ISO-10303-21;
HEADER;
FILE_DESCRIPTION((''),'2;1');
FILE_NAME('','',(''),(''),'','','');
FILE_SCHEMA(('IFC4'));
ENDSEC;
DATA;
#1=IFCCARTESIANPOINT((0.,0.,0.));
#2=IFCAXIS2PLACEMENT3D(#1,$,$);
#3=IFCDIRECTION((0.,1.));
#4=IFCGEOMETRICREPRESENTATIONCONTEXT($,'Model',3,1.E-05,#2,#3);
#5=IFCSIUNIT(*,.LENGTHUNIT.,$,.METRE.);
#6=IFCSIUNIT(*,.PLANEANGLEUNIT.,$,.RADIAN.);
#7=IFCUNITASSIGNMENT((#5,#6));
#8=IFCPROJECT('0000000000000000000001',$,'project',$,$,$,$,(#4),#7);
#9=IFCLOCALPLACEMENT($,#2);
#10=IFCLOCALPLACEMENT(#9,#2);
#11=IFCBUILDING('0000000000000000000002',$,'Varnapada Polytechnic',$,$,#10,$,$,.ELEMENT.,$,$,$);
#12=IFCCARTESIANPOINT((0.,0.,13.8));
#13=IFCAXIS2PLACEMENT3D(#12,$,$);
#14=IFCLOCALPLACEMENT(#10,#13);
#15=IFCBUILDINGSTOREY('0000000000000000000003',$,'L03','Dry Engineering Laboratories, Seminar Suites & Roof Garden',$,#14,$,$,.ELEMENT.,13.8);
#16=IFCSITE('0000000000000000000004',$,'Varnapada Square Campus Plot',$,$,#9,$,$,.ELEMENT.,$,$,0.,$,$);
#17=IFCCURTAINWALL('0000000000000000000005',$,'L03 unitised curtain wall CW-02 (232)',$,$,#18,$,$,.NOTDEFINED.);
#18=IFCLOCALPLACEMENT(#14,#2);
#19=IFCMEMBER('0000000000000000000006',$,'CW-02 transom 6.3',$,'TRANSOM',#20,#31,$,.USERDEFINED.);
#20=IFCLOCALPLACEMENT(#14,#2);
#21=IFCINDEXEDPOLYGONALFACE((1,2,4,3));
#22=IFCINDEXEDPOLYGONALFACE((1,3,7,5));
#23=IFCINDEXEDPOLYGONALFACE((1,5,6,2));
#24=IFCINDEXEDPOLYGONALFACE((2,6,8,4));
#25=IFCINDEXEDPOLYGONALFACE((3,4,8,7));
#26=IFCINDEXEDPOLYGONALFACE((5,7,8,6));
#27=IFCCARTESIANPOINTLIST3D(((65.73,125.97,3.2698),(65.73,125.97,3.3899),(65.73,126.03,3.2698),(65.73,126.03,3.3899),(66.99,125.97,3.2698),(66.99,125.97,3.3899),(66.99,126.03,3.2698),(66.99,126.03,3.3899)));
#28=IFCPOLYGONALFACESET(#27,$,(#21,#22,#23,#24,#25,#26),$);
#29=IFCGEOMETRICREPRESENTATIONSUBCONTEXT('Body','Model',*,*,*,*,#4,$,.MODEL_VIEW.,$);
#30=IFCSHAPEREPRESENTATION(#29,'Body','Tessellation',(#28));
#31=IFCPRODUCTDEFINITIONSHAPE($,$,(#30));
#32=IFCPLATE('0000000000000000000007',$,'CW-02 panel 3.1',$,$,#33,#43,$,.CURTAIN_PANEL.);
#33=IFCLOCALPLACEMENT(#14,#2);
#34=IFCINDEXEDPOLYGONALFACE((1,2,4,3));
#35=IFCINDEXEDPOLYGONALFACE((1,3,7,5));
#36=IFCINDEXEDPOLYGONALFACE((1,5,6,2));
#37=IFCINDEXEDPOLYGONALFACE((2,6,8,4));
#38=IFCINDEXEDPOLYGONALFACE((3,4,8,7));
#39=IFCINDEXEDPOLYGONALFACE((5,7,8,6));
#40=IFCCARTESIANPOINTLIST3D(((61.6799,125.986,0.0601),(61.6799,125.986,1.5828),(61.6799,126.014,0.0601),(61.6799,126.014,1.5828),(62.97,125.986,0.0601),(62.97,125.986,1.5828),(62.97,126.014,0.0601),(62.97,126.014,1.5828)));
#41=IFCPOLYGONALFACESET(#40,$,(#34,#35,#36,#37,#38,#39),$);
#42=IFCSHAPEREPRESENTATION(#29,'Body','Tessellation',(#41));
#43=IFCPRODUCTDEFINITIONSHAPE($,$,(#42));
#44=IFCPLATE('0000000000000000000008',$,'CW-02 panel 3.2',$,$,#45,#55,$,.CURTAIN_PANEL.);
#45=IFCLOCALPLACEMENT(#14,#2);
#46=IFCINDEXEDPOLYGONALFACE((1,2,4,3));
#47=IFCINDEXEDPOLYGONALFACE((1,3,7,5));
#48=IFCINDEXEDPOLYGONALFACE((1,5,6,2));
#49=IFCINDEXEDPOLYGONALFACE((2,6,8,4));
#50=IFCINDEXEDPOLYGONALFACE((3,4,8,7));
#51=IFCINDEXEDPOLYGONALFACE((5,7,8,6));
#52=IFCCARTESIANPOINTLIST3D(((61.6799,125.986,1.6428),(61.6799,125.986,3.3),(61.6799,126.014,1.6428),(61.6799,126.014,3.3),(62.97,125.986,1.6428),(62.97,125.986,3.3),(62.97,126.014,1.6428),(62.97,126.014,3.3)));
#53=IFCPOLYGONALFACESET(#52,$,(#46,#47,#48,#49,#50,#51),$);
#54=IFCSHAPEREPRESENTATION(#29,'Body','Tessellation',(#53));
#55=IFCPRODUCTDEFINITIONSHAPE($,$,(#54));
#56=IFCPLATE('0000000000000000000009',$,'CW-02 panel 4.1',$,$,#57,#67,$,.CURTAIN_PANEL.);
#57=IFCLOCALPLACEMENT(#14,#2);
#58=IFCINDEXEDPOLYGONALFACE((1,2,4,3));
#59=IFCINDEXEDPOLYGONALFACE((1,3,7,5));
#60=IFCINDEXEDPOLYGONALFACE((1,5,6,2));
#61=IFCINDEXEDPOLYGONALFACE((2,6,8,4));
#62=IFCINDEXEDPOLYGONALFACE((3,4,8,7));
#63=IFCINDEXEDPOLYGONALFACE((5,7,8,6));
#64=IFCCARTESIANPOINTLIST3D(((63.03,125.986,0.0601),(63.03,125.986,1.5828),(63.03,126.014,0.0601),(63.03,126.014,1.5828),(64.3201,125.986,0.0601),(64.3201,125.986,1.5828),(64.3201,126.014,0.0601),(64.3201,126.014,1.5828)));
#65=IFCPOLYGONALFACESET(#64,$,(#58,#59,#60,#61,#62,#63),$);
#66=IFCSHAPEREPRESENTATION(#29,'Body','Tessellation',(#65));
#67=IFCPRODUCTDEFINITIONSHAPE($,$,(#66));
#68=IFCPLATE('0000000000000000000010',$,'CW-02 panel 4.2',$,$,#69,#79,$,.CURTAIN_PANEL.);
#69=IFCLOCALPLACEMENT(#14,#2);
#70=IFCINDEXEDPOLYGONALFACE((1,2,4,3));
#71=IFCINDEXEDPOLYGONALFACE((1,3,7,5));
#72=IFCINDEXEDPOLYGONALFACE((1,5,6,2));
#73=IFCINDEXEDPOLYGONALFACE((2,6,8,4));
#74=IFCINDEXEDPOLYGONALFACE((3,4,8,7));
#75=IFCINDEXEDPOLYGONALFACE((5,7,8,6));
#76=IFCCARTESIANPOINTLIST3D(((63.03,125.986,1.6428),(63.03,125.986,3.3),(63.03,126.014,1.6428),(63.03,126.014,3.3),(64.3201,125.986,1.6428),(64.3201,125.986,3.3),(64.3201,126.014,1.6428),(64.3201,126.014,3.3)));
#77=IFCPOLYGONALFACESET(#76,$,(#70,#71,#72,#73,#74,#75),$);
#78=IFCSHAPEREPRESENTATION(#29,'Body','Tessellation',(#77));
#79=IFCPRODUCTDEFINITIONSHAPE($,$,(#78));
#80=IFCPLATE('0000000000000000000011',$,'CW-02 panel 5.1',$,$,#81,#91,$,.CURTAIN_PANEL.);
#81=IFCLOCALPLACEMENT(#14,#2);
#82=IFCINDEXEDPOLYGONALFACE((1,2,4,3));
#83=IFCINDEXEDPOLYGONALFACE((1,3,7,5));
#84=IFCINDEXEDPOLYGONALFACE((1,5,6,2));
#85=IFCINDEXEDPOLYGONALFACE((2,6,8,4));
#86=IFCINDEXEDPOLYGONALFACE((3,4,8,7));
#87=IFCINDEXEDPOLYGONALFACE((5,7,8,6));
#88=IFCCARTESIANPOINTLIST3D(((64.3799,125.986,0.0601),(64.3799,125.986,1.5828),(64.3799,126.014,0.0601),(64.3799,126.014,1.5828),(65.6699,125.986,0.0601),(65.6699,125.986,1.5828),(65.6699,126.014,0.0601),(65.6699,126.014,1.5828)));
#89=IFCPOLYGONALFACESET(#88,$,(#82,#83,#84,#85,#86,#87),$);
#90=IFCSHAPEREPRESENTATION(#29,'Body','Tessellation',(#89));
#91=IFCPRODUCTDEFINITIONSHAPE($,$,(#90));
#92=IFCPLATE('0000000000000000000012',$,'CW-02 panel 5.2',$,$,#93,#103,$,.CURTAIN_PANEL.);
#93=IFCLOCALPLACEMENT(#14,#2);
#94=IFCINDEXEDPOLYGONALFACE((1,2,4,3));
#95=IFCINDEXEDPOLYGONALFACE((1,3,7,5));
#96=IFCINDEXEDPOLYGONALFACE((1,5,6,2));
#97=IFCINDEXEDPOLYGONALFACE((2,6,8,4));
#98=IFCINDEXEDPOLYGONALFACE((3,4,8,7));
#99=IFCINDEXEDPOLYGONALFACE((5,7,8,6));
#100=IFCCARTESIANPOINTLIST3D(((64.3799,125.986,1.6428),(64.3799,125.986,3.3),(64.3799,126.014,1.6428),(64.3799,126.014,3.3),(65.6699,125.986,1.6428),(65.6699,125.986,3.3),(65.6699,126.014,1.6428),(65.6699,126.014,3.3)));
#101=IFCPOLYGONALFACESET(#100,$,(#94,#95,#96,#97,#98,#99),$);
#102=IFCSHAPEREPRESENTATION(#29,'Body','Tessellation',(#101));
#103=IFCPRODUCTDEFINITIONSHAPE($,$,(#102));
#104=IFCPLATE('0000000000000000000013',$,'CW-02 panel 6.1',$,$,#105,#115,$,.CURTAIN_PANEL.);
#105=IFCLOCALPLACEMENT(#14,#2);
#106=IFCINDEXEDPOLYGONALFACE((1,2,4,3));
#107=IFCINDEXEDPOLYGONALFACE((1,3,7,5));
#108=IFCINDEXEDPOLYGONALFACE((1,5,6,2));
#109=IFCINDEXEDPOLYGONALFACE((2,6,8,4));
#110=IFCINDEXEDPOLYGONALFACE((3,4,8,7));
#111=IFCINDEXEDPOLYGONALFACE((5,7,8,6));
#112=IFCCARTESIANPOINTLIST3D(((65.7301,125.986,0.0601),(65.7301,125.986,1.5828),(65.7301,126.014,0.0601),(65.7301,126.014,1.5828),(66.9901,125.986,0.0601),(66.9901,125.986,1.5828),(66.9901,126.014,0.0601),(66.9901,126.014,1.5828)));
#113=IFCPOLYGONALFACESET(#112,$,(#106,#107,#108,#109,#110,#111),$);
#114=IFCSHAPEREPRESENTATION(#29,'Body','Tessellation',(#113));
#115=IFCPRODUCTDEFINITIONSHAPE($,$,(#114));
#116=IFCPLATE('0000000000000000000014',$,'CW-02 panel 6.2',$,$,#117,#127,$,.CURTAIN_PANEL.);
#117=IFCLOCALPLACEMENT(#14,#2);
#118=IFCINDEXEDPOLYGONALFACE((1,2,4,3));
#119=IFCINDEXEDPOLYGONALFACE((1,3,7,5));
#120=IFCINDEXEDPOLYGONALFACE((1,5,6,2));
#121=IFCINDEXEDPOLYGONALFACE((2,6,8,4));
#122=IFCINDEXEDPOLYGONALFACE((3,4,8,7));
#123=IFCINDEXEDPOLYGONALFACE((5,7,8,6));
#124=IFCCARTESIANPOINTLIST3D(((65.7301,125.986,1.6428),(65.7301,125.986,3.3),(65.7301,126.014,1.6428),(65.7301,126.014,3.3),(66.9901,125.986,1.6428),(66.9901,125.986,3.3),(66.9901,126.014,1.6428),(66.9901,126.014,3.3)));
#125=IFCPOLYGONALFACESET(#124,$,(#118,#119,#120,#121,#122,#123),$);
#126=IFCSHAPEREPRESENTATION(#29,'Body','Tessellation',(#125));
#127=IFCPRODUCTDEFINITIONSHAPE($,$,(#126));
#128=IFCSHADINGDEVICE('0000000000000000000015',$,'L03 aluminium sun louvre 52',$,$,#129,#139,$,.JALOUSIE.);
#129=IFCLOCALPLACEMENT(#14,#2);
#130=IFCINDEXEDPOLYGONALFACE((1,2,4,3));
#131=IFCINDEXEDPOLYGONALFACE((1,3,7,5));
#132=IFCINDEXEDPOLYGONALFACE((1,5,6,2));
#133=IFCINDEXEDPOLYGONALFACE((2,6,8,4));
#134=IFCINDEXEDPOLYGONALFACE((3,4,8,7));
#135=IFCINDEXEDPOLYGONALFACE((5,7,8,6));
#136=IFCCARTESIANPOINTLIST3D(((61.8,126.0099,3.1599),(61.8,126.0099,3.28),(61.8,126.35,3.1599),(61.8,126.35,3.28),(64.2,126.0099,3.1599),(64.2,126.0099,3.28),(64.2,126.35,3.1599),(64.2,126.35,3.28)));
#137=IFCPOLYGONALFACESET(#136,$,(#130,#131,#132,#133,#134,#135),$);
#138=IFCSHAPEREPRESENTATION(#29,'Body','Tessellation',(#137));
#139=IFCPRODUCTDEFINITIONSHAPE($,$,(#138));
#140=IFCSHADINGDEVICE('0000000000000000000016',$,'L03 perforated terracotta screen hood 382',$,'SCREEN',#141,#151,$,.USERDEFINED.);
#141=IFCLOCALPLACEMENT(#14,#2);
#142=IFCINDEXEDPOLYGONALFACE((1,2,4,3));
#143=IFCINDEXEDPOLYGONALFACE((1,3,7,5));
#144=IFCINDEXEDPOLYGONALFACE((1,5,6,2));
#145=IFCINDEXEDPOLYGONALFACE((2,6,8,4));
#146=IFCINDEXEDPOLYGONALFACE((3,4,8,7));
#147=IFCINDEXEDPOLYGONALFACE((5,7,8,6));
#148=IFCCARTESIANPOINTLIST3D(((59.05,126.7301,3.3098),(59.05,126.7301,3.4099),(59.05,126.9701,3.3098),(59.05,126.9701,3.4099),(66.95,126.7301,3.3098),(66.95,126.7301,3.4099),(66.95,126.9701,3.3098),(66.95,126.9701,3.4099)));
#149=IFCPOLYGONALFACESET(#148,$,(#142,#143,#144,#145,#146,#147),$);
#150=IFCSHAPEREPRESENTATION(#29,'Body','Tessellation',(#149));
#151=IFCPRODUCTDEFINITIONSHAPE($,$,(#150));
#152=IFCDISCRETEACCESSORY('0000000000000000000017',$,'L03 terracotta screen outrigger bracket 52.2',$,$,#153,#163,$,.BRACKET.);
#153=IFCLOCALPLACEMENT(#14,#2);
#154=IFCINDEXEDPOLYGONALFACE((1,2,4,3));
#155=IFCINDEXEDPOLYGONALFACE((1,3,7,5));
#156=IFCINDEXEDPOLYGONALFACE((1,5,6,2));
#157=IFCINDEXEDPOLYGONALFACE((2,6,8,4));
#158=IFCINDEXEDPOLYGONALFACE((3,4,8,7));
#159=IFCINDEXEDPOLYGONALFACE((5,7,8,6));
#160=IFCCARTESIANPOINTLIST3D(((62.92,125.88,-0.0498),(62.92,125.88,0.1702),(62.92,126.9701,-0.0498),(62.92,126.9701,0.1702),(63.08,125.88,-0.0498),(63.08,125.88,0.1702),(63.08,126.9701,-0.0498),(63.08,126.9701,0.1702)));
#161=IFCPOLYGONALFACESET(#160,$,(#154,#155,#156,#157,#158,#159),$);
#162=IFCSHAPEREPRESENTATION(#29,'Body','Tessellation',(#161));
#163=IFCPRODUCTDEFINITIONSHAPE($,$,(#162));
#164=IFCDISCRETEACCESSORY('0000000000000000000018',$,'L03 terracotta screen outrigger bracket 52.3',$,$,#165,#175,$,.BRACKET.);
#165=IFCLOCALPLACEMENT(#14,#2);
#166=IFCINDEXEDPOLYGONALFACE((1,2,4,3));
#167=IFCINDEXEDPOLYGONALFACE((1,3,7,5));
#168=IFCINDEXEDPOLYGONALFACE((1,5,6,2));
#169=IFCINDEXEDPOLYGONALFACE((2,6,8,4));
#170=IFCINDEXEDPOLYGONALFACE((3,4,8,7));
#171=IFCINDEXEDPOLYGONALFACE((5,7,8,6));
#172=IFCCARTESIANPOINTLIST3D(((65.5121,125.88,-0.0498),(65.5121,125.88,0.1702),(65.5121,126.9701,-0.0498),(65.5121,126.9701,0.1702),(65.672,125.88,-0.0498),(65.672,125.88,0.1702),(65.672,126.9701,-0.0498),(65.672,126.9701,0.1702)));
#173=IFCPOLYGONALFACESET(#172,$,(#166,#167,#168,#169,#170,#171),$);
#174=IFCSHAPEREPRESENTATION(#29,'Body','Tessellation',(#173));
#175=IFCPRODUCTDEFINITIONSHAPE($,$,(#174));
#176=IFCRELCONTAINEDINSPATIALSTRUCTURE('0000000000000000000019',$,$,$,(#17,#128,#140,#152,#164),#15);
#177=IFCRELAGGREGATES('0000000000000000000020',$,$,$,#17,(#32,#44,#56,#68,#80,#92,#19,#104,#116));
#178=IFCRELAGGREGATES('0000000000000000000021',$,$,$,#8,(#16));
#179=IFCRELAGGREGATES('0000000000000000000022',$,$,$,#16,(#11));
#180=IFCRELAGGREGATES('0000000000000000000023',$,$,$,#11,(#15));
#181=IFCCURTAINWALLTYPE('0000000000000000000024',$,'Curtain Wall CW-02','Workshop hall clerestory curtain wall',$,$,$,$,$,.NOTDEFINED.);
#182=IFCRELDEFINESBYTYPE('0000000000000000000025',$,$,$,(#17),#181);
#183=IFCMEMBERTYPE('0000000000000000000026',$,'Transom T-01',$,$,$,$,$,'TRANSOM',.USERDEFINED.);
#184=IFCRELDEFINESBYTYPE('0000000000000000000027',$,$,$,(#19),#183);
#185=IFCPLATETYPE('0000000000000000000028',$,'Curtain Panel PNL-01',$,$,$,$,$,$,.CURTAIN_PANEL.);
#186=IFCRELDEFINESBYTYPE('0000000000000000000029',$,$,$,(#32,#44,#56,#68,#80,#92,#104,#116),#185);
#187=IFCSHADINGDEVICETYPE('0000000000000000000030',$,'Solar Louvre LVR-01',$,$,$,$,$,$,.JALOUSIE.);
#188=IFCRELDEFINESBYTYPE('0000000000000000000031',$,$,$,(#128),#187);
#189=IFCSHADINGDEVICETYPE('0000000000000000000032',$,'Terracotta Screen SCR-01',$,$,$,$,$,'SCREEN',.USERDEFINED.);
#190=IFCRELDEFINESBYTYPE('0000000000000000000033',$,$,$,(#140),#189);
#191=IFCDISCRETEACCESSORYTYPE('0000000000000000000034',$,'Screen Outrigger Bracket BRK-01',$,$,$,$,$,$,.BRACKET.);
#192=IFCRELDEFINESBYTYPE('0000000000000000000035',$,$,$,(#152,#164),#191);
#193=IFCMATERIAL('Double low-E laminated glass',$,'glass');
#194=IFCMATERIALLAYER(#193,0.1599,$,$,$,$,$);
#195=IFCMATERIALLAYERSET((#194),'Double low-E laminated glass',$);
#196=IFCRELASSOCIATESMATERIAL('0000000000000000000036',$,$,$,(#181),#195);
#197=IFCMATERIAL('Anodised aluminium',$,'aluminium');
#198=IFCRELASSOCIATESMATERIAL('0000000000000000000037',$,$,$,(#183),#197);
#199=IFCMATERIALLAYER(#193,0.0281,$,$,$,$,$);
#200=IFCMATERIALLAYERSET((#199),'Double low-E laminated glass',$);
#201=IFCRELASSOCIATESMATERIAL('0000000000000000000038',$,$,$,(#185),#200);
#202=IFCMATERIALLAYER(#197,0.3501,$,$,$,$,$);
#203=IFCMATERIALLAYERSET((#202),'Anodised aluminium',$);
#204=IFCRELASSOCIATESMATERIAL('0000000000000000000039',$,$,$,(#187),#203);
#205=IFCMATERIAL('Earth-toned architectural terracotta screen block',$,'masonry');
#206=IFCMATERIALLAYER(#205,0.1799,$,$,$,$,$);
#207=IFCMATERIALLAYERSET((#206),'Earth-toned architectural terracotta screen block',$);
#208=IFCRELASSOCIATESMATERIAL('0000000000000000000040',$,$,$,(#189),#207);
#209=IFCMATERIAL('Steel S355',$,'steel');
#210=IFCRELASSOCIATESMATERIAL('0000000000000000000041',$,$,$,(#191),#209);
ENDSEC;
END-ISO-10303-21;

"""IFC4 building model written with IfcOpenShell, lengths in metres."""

from ifc_helpers import new_model, si_unit, direction, frame, origin, origin_2d, place, context, subcontext, project, spatial, rectangle, extrude, material, layer, layer_set, material_profile, profile_set, type_object, element, aggregate, save


model = new_model("IFC4")

# Units and contexts
model_context = context("Model", 3, precision=1e-05, world=origin(), true_north=direction((0.0, 1.0)))
body_context = subcontext(model_context, "Body", "Model", "MODEL_VIEW")
ifc_project = project(units=[si_unit("LENGTHUNIT", "METRE"), si_unit("PLANEANGLEUNIT", "RADIAN")], contexts=[model_context])

# Site, building, storey
site_placement = place(None, origin())
site = spatial("IfcSite", under=ifc_project, at=site_placement, Name="Varnapada Square Campus Plot", CompositionType="ELEMENT", RefElevation=0.0)
building_placement = place(site_placement, origin())
building = spatial("IfcBuilding", under=site, at=building_placement, Name="Varnapada Polytechnic", CompositionType="ELEMENT")
storey_placement = place(building_placement, frame((0.0, 0.0, 13.8)))
storey = spatial("IfcBuildingStorey", under=building, at=storey_placement, Name="L03", Description="Dry Engineering Laboratories, Seminar Suites & Roof Garden", CompositionType="ELEMENT", Elevation=13.8)

# Curtain wall, member, plates
ifc_material_1 = material(Name="Double low-E laminated glass", Category="glass")
ifc_layer_1 = layer(ifc_material_1, 0.1599)
ifc_layer_set_1 = layer_set([ifc_layer_1], Name="Double low-E laminated glass")
curtain_wall_type = type_object("IfcCurtainWallType", Name="Curtain Wall CW-02", Description="Workshop hall clerestory curtain wall", PredefinedType="NOTDEFINED", material=ifc_layer_set_1)
curtain_wall_placement = place(storey_placement, origin())
curtain_wall = element("IfcCurtainWall", 1, at=curtain_wall_placement, inside=storey, type_object=curtain_wall_type, Name="L03 unitised curtain wall CW-02 (232)", PredefinedType="NOTDEFINED")
ifc_material_2 = material(Name="Anodised aluminium", Category="aluminium")
ifc_material_profile_1 = material_profile(ifc_material_2, rectangle(XDim=0.0601, YDim=0.1201, at=origin_2d()), Name="ALU T60x120")
ifc_profile_set_1 = profile_set([ifc_material_profile_1], Name="Anodised aluminium")
member_type_1 = type_object("IfcMemberType", Name="Transom T-01", ElementType="TRANSOM", PredefinedType="USERDEFINED", material=ifc_profile_set_1)
member_1_placement = place(storey_placement, frame((65.73, 126.0, 3.3298), z_axis=(1.0, 0.0, 0.0), x_axis=(0.0, 1.0, 0.0)))
member_1 = element("IfcMember", 2, at=member_1_placement, type_object=member_type_1, Name="CW-02 transom 6.3", ObjectType="TRANSOM", PredefinedType="USERDEFINED", context=body_context, shape_type="SweptSolid", body=[
    extrude(rectangle(XDim=0.0601, YDim=0.1201, at=origin_2d()), origin(), (0.0, 0.0, 1.0), 1.26),
])
ifc_layer_2 = layer(ifc_material_1, 0.0281)
ifc_layer_set_2 = layer_set([ifc_layer_2], Name="Double low-E laminated glass")
plate_type = type_object("IfcPlateType", Name="Curtain Panel PNL-01", PredefinedType="CURTAIN_PANEL", material=ifc_layer_set_2)
plate_1_placement = place(storey_placement, frame((62.325, 126.0, 0.0601), z_axis=(0.0, 0.0, 1.0), x_axis=(1.0, 0.0, 0.0)))
plate_1 = element("IfcPlate", 3, at=plate_1_placement, type_object=plate_type, Name="CW-02 panel 3.1", PredefinedType="CURTAIN_PANEL", context=body_context, shape_type="SweptSolid", body=[
    extrude(rectangle(XDim=1.29, YDim=0.0281, at=origin_2d()), origin(), (0.0, 0.0, 1.0), 1.5227),
])
plate_2_placement = place(storey_placement, frame((62.325, 126.0, 1.6428), z_axis=(0.0, 0.0, 1.0), x_axis=(1.0, 0.0, 0.0)))
plate_2 = element("IfcPlate", 4, at=plate_2_placement, type_object=plate_type, Name="CW-02 panel 3.2", PredefinedType="CURTAIN_PANEL", context=body_context, shape_type="SweptSolid", body=[
    extrude(rectangle(XDim=1.29, YDim=0.0281, at=origin_2d()), origin(), (0.0, 0.0, 1.0), 1.6572),
])
plate_3_placement = place(storey_placement, frame((63.675, 126.0, 0.0601), z_axis=(0.0, 0.0, 1.0), x_axis=(1.0, 0.0, 0.0)))
plate_3 = element("IfcPlate", 5, at=plate_3_placement, type_object=plate_type, Name="CW-02 panel 4.1", PredefinedType="CURTAIN_PANEL", context=body_context, shape_type="SweptSolid", body=[
    extrude(rectangle(XDim=1.29, YDim=0.0281, at=origin_2d()), origin(), (0.0, 0.0, 1.0), 1.5227),
])
plate_4_placement = place(storey_placement, frame((63.675, 126.0, 1.6428), z_axis=(0.0, 0.0, 1.0), x_axis=(1.0, 0.0, 0.0)))
plate_4 = element("IfcPlate", 6, at=plate_4_placement, type_object=plate_type, Name="CW-02 panel 4.2", PredefinedType="CURTAIN_PANEL", context=body_context, shape_type="SweptSolid", body=[
    extrude(rectangle(XDim=1.29, YDim=0.0281, at=origin_2d()), origin(), (0.0, 0.0, 1.0), 1.6572),
])
plate_5_placement = place(storey_placement, frame((65.0249, 126.0, 0.0601), z_axis=(0.0, 0.0, 1.0), x_axis=(1.0, 0.0, 0.0)))
plate_5 = element("IfcPlate", 7, at=plate_5_placement, type_object=plate_type, Name="CW-02 panel 5.1", PredefinedType="CURTAIN_PANEL", context=body_context, shape_type="SweptSolid", body=[
    extrude(rectangle(XDim=1.29, YDim=0.0281, at=origin_2d()), origin(), (0.0, 0.0, 1.0), 1.5227),
])
plate_6_placement = place(storey_placement, frame((65.0249, 126.0, 1.6428), z_axis=(0.0, 0.0, 1.0), x_axis=(1.0, 0.0, 0.0)))
plate_6 = element("IfcPlate", 8, at=plate_6_placement, type_object=plate_type, Name="CW-02 panel 5.2", PredefinedType="CURTAIN_PANEL", context=body_context, shape_type="SweptSolid", body=[
    extrude(rectangle(XDim=1.29, YDim=0.0281, at=origin_2d()), origin(), (0.0, 0.0, 1.0), 1.6572),
])
plate_7_placement = place(storey_placement, frame((66.3601, 126.0, 0.0601), z_axis=(0.0, 0.0, 1.0), x_axis=(1.0, 0.0, 0.0)))
plate_7 = element("IfcPlate", 9, at=plate_7_placement, type_object=plate_type, Name="CW-02 panel 6.1", PredefinedType="CURTAIN_PANEL", context=body_context, shape_type="SweptSolid", body=[
    extrude(rectangle(XDim=1.26, YDim=0.0281, at=origin_2d()), origin(), (0.0, 0.0, 1.0), 1.5227),
])
plate_8_placement = place(storey_placement, frame((66.3601, 126.0, 1.6428), z_axis=(0.0, 0.0, 1.0), x_axis=(1.0, 0.0, 0.0)))
plate_8 = element("IfcPlate", 10, at=plate_8_placement, type_object=plate_type, Name="CW-02 panel 6.2", PredefinedType="CURTAIN_PANEL", context=body_context, shape_type="SweptSolid", body=[
    extrude(rectangle(XDim=1.26, YDim=0.0281, at=origin_2d()), origin(), (0.0, 0.0, 1.0), 1.6572),
])
aggregate(curtain_wall, [plate_1, plate_2, plate_3, plate_4, plate_5, plate_6, member_1, plate_7, plate_8])

# Shading devices
ifc_layer_3 = layer(ifc_material_2, 0.3501)
ifc_layer_set_3 = layer_set([ifc_layer_3], Name="Anodised aluminium")
shading_device_type_1 = type_object("IfcShadingDeviceType", Name="Solar Louvre LVR-01", PredefinedType="JALOUSIE", material=ifc_layer_set_3)
shading_device_1_placement = place(storey_placement, frame((63.0, 126.1799, 3.1599), z_axis=(0.0, 0.0, 1.0), x_axis=(1.0, 0.0, 0.0)))
element("IfcShadingDevice", 11, at=shading_device_1_placement, inside=storey, type_object=shading_device_type_1, Name="L03 aluminium sun louvre 52", PredefinedType="JALOUSIE", context=body_context, shape_type="SweptSolid", body=[
    extrude(rectangle(XDim=2.3999, YDim=0.3401, at=origin_2d()), origin(), (0.0, 0.0, 1.0), 0.1201),
])
ifc_material_3 = material(Name="Earth-toned architectural terracotta screen block", Category="masonry")
ifc_layer_4 = layer(ifc_material_3, 0.1799)
ifc_layer_set_4 = layer_set([ifc_layer_4], Name="Earth-toned architectural terracotta screen block")
shading_device_type_2 = type_object("IfcShadingDeviceType", Name="Terracotta Screen SCR-01", ElementType="SCREEN", PredefinedType="USERDEFINED", material=ifc_layer_set_4)
shading_device_2_placement = place(storey_placement, frame((63.0, 126.8501, 3.3098), z_axis=(0.0, 0.0, 1.0), x_axis=(1.0, 0.0, 0.0)))
element("IfcShadingDevice", 12, at=shading_device_2_placement, inside=storey, type_object=shading_device_type_2, Name="L03 perforated terracotta screen hood 382", ObjectType="SCREEN", PredefinedType="USERDEFINED", context=body_context, shape_type="SweptSolid", body=[
    extrude(rectangle(XDim=7.8999, YDim=0.24, at=origin_2d()), origin(), (0.0, 0.0, 1.0), 0.1001),
])

# Discrete accessories
ifc_material_4 = material(Name="Steel S355", Category="steel")
discrete_accessory_type = type_object("IfcDiscreteAccessoryType", Name="Screen Outrigger Bracket BRK-01", PredefinedType="BRACKET", material=ifc_material_4)
for number, where, z_axis, x_axis, name in (
    (13, (63.0, 126.425, -0.0498), (0.0, 0.0, 1.0), (1.0, 0.0, 0.0), "L03 terracotta screen outrigger bracket 52.2"),
    (14, (65.592, 126.425, -0.0498), (0.0, 0.0, 1.0), (1.0, 0.0, 0.0), "L03 terracotta screen outrigger bracket 52.3"),
):
    element("IfcDiscreteAccessory", number, at=place(storey_placement, frame(where, z_axis=z_axis, x_axis=x_axis)), inside=storey, type_object=discrete_accessory_type, Name=name, PredefinedType="BRACKET", context=body_context, shape_type="SweptSolid", body=[
        extrude(rectangle(XDim=0.1599, YDim=1.0901, at=origin_2d()), origin(), (0.0, 0.0, 1.0), 0.22),
    ])

save(model, "model.ifc")
